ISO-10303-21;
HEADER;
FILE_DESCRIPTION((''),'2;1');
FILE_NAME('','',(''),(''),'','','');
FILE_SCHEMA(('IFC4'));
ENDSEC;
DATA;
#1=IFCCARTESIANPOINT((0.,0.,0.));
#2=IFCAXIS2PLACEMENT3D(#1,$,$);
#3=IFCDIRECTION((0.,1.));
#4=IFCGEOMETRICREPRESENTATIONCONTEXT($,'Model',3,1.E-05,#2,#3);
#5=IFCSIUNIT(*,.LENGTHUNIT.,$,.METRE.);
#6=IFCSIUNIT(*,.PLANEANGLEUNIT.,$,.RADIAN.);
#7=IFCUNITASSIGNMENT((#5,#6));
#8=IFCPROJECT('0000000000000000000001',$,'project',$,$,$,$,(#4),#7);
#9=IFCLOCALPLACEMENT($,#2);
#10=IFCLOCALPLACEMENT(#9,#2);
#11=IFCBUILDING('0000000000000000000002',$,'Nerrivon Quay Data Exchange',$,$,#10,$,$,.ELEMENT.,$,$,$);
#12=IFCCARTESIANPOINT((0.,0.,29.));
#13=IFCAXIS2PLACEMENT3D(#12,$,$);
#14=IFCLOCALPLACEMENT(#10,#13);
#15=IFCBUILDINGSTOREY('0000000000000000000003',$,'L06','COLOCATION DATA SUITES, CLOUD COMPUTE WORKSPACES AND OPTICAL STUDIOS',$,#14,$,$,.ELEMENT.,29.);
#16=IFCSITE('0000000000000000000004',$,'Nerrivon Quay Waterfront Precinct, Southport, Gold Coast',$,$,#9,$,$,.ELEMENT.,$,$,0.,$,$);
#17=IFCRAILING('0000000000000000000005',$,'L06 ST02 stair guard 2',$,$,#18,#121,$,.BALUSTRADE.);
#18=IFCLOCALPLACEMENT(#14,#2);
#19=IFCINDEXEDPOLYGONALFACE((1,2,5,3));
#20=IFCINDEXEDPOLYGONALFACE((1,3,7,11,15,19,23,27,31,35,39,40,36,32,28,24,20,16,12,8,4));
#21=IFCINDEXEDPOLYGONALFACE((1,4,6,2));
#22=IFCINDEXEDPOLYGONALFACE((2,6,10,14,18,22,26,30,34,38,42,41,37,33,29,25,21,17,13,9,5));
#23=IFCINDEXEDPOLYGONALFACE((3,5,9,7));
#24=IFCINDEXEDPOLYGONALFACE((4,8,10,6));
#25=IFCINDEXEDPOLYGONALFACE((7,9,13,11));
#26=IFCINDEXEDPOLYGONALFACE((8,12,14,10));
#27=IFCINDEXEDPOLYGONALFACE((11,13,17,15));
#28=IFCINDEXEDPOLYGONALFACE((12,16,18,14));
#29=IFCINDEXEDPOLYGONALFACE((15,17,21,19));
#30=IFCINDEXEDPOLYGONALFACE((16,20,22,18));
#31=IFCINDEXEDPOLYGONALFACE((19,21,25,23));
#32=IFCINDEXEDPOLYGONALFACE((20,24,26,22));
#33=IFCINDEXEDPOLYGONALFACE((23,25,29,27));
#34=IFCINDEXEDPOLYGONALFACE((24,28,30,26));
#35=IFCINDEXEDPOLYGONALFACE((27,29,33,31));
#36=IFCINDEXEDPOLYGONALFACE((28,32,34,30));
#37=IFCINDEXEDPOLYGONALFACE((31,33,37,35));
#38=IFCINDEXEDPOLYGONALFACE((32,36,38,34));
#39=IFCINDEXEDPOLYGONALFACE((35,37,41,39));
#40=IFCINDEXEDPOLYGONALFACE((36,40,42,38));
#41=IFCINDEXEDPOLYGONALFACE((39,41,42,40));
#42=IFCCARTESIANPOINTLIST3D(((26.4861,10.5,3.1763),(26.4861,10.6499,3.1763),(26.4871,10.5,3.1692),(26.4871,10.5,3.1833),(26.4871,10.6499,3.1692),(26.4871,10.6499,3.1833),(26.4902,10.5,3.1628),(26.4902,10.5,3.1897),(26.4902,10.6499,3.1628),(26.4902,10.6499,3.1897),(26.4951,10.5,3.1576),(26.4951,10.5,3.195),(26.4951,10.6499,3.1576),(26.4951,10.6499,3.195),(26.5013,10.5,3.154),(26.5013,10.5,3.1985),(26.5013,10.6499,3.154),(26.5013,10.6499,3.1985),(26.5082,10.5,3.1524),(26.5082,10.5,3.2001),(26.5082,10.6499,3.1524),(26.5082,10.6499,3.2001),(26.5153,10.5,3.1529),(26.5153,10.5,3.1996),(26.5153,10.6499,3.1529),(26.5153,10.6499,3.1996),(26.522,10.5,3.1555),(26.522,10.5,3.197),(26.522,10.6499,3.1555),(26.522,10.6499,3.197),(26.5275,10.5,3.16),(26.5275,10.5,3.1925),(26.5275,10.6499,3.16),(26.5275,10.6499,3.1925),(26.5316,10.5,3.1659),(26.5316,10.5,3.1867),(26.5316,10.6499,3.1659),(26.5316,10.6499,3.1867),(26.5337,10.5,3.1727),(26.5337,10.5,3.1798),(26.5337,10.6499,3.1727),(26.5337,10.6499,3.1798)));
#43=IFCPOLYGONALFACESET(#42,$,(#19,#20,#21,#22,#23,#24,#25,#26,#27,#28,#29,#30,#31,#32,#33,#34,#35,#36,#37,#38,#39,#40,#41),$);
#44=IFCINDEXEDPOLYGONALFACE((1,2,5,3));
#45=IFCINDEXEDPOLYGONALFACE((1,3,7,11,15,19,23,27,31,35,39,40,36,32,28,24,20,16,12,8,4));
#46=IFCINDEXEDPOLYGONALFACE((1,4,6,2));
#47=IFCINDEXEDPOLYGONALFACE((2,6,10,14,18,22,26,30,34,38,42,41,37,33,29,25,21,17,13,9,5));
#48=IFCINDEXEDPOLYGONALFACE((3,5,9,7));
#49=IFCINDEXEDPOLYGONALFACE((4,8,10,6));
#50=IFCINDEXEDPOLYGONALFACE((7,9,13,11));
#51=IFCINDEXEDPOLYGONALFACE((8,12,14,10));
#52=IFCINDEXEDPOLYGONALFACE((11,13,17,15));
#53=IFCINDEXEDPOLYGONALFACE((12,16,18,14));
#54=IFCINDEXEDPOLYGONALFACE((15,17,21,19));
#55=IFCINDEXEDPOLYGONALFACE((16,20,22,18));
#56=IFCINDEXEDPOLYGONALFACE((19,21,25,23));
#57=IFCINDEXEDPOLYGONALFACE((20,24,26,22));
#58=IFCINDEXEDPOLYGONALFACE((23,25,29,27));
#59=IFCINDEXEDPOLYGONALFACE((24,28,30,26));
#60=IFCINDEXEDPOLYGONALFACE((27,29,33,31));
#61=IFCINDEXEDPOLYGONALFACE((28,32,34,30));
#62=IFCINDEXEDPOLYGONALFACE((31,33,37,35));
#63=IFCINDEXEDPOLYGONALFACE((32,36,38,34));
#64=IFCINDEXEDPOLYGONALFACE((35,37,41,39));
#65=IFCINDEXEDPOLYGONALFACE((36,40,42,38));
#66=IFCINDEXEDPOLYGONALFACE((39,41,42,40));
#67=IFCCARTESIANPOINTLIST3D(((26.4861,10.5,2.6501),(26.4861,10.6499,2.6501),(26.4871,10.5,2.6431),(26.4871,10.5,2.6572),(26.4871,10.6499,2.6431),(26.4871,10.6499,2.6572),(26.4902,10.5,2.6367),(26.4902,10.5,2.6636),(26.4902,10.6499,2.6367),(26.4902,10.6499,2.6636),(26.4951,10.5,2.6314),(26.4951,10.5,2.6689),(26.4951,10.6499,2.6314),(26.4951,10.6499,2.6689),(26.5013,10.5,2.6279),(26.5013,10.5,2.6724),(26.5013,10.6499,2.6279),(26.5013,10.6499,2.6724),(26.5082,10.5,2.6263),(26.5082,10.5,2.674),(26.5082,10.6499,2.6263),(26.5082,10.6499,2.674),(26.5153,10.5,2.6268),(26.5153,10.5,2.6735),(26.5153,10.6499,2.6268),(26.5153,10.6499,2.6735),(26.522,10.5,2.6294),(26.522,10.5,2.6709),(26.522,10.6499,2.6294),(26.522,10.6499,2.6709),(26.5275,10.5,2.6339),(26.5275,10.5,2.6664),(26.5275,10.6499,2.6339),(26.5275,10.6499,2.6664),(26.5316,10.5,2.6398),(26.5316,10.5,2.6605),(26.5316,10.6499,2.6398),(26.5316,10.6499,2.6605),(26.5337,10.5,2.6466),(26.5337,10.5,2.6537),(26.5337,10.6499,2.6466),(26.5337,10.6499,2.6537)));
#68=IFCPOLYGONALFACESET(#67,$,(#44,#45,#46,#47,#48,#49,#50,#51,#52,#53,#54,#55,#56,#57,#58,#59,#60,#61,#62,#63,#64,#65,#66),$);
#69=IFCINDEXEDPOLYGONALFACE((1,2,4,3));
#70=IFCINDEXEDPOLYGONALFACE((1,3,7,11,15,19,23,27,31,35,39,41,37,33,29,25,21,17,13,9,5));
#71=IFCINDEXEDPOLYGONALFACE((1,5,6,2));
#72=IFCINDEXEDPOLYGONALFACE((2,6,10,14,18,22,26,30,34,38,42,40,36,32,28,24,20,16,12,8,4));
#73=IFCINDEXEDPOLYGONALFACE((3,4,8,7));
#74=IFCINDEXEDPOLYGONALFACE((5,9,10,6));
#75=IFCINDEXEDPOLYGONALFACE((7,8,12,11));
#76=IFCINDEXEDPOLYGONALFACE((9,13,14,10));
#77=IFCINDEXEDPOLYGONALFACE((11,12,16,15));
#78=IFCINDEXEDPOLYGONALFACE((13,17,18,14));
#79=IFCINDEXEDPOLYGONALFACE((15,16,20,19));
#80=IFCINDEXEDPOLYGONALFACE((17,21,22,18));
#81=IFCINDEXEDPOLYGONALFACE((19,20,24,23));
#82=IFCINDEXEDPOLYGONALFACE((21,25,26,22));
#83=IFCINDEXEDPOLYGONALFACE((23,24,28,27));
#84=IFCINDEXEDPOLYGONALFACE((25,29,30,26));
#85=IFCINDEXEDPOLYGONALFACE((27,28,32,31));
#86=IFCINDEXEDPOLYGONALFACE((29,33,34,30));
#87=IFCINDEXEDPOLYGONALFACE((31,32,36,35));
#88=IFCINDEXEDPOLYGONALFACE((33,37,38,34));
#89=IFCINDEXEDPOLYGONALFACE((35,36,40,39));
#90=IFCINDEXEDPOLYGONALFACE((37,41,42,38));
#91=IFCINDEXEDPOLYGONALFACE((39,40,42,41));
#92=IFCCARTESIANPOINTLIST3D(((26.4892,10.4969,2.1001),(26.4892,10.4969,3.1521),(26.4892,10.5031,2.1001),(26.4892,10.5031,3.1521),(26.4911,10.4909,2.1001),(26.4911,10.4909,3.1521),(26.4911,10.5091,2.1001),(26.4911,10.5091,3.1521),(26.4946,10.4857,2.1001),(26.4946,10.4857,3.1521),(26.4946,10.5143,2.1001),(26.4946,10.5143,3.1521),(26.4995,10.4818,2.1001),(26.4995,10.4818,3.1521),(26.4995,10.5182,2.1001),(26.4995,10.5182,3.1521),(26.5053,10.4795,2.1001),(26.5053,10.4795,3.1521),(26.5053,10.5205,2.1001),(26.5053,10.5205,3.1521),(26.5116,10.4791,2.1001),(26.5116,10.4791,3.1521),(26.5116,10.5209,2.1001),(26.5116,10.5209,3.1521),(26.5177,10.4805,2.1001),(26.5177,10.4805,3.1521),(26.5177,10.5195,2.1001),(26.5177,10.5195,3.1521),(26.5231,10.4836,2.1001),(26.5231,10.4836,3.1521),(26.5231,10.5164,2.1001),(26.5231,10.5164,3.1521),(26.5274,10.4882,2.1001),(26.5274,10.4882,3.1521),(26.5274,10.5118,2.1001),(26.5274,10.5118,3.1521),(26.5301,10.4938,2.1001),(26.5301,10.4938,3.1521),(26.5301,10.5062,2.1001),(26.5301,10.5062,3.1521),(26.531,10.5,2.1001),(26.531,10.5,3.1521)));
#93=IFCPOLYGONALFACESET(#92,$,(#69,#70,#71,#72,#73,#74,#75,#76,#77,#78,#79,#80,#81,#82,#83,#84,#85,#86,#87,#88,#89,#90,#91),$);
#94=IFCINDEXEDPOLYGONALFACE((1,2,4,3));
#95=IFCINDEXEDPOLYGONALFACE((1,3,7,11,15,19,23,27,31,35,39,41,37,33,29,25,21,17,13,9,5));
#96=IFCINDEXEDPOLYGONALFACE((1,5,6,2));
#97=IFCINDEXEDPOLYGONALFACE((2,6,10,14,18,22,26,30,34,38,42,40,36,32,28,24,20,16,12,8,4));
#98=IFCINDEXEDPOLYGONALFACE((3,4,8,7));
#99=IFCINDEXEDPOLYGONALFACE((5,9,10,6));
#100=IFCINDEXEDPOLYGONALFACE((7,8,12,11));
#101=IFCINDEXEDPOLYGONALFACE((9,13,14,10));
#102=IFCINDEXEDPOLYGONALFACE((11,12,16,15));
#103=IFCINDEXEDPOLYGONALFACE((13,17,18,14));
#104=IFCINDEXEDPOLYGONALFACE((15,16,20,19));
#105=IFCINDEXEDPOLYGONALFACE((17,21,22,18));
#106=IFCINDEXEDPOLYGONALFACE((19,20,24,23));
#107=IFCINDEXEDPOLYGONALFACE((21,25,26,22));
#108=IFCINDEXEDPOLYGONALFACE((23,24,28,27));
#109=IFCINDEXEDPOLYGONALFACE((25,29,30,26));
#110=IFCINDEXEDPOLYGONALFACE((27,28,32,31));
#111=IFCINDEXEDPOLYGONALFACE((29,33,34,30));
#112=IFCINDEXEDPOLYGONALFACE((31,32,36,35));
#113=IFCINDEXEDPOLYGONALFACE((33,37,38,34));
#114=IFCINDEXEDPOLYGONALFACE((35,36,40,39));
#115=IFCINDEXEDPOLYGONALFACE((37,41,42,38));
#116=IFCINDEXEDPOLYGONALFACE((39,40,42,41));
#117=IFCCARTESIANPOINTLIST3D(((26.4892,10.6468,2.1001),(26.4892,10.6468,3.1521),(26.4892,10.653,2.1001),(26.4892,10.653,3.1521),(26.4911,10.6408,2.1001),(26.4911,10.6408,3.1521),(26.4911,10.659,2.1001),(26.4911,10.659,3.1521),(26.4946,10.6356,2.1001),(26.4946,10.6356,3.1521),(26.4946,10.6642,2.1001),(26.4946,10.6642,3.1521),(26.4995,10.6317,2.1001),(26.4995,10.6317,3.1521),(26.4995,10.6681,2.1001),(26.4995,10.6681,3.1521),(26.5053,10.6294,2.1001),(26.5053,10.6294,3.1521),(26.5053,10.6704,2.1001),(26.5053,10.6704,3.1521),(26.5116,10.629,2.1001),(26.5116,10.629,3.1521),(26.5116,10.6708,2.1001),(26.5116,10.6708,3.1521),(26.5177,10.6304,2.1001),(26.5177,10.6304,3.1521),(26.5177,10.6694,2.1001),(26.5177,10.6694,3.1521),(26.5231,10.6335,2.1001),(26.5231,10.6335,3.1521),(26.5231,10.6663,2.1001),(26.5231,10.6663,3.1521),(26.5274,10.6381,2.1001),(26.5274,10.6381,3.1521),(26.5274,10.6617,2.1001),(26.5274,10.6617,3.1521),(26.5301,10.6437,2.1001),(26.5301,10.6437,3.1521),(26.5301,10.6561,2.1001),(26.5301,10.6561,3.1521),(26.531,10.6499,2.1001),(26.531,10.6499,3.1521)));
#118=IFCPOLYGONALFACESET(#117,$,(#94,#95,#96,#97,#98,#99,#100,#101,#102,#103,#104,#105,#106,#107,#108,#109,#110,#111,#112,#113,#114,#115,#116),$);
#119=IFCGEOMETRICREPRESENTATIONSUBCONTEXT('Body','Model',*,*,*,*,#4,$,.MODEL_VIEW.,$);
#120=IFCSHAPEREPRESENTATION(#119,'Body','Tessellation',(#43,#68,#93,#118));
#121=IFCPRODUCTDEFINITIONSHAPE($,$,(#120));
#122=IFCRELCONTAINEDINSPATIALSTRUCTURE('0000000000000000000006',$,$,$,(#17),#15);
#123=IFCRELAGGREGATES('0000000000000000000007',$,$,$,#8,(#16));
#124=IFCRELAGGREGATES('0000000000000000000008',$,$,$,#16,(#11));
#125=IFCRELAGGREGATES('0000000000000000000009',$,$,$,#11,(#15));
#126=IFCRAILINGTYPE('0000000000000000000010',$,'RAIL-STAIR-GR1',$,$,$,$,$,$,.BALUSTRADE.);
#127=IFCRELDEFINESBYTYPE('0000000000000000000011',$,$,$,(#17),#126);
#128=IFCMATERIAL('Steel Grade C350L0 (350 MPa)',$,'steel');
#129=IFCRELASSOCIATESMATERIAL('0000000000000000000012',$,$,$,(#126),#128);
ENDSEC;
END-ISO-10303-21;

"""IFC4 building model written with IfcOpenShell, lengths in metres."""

from ifc_helpers import new_model, si_unit, direction, frame, origin, origin_2d, place, context, subcontext, project, spatial, circle, extrude, material, type_object, element, save


model = new_model("IFC4")

# Units and contexts
model_context = context("Model", 3, precision=1e-05, world=origin(), true_north=direction((0.0, 1.0)))
body_context = subcontext(model_context, "Body", "Model", "MODEL_VIEW")
ifc_project = project(units=[si_unit("LENGTHUNIT", "METRE"), si_unit("PLANEANGLEUNIT", "RADIAN")], contexts=[model_context])

# Site, building, storey
site_placement = place(None, origin())
site = spatial("IfcSite", under=ifc_project, at=site_placement, Name="Nerrivon Quay Waterfront Precinct, Southport, Gold Coast", CompositionType="ELEMENT", RefElevation=0.0)
building_placement = place(site_placement, origin())
building = spatial("IfcBuilding", under=site, at=building_placement, Name="Nerrivon Quay Data Exchange", CompositionType="ELEMENT")
storey_placement = place(building_placement, frame((0.0, 0.0, 29.0)))
storey = spatial("IfcBuildingStorey", under=building, at=storey_placement, Name="L06", Description="COLOCATION DATA SUITES, CLOUD COMPUTE WORKSPACES AND OPTICAL STUDIOS", CompositionType="ELEMENT", Elevation=29.0)

# Railing
ifc_material_1 = material(Name="Steel Grade C350L0 (350 MPa)", Category="steel")
railing_type_1 = type_object("IfcRailingType", Name="RAIL-STAIR-GR1", PredefinedType="BALUSTRADE", material=ifc_material_1)
railing_1_placement = place(storey_placement, frame((26.51, 10.5, 2.1001)))
element("IfcRailing", 1, at=railing_1_placement, inside=storey, type_object=railing_type_1, Name="L06 ST02 stair guard 2", PredefinedType="BALUSTRADE", context=body_context, shape_type="SweptSolid", body=[
    extrude(circle(Radius=0.0239, at=origin_2d()), frame((0.0, 0.0, 1.0762), z_axis=(0.0, 1.0, 0.0), x_axis=(-1.0, 0.0, 0.0)), (0.0, 0.0, 1.0), 0.1499),
    extrude(circle(Radius=0.0239, at=origin_2d()), frame((0.0, 0.0, 0.55), z_axis=(0.0, 1.0, 0.0), x_axis=(-1.0, 0.0, 0.0)), (0.0, 0.0, 1.0), 0.1499),
    extrude(circle(Radius=0.021, at=origin_2d()), origin(), (0.0, 0.0, 1.0), 1.052),
    extrude(circle(Radius=0.021, at=origin_2d()), frame((0.0, 0.1499, 0.0)), (0.0, 0.0, 1.0), 1.052),
])

save(model, "model.ifc")
